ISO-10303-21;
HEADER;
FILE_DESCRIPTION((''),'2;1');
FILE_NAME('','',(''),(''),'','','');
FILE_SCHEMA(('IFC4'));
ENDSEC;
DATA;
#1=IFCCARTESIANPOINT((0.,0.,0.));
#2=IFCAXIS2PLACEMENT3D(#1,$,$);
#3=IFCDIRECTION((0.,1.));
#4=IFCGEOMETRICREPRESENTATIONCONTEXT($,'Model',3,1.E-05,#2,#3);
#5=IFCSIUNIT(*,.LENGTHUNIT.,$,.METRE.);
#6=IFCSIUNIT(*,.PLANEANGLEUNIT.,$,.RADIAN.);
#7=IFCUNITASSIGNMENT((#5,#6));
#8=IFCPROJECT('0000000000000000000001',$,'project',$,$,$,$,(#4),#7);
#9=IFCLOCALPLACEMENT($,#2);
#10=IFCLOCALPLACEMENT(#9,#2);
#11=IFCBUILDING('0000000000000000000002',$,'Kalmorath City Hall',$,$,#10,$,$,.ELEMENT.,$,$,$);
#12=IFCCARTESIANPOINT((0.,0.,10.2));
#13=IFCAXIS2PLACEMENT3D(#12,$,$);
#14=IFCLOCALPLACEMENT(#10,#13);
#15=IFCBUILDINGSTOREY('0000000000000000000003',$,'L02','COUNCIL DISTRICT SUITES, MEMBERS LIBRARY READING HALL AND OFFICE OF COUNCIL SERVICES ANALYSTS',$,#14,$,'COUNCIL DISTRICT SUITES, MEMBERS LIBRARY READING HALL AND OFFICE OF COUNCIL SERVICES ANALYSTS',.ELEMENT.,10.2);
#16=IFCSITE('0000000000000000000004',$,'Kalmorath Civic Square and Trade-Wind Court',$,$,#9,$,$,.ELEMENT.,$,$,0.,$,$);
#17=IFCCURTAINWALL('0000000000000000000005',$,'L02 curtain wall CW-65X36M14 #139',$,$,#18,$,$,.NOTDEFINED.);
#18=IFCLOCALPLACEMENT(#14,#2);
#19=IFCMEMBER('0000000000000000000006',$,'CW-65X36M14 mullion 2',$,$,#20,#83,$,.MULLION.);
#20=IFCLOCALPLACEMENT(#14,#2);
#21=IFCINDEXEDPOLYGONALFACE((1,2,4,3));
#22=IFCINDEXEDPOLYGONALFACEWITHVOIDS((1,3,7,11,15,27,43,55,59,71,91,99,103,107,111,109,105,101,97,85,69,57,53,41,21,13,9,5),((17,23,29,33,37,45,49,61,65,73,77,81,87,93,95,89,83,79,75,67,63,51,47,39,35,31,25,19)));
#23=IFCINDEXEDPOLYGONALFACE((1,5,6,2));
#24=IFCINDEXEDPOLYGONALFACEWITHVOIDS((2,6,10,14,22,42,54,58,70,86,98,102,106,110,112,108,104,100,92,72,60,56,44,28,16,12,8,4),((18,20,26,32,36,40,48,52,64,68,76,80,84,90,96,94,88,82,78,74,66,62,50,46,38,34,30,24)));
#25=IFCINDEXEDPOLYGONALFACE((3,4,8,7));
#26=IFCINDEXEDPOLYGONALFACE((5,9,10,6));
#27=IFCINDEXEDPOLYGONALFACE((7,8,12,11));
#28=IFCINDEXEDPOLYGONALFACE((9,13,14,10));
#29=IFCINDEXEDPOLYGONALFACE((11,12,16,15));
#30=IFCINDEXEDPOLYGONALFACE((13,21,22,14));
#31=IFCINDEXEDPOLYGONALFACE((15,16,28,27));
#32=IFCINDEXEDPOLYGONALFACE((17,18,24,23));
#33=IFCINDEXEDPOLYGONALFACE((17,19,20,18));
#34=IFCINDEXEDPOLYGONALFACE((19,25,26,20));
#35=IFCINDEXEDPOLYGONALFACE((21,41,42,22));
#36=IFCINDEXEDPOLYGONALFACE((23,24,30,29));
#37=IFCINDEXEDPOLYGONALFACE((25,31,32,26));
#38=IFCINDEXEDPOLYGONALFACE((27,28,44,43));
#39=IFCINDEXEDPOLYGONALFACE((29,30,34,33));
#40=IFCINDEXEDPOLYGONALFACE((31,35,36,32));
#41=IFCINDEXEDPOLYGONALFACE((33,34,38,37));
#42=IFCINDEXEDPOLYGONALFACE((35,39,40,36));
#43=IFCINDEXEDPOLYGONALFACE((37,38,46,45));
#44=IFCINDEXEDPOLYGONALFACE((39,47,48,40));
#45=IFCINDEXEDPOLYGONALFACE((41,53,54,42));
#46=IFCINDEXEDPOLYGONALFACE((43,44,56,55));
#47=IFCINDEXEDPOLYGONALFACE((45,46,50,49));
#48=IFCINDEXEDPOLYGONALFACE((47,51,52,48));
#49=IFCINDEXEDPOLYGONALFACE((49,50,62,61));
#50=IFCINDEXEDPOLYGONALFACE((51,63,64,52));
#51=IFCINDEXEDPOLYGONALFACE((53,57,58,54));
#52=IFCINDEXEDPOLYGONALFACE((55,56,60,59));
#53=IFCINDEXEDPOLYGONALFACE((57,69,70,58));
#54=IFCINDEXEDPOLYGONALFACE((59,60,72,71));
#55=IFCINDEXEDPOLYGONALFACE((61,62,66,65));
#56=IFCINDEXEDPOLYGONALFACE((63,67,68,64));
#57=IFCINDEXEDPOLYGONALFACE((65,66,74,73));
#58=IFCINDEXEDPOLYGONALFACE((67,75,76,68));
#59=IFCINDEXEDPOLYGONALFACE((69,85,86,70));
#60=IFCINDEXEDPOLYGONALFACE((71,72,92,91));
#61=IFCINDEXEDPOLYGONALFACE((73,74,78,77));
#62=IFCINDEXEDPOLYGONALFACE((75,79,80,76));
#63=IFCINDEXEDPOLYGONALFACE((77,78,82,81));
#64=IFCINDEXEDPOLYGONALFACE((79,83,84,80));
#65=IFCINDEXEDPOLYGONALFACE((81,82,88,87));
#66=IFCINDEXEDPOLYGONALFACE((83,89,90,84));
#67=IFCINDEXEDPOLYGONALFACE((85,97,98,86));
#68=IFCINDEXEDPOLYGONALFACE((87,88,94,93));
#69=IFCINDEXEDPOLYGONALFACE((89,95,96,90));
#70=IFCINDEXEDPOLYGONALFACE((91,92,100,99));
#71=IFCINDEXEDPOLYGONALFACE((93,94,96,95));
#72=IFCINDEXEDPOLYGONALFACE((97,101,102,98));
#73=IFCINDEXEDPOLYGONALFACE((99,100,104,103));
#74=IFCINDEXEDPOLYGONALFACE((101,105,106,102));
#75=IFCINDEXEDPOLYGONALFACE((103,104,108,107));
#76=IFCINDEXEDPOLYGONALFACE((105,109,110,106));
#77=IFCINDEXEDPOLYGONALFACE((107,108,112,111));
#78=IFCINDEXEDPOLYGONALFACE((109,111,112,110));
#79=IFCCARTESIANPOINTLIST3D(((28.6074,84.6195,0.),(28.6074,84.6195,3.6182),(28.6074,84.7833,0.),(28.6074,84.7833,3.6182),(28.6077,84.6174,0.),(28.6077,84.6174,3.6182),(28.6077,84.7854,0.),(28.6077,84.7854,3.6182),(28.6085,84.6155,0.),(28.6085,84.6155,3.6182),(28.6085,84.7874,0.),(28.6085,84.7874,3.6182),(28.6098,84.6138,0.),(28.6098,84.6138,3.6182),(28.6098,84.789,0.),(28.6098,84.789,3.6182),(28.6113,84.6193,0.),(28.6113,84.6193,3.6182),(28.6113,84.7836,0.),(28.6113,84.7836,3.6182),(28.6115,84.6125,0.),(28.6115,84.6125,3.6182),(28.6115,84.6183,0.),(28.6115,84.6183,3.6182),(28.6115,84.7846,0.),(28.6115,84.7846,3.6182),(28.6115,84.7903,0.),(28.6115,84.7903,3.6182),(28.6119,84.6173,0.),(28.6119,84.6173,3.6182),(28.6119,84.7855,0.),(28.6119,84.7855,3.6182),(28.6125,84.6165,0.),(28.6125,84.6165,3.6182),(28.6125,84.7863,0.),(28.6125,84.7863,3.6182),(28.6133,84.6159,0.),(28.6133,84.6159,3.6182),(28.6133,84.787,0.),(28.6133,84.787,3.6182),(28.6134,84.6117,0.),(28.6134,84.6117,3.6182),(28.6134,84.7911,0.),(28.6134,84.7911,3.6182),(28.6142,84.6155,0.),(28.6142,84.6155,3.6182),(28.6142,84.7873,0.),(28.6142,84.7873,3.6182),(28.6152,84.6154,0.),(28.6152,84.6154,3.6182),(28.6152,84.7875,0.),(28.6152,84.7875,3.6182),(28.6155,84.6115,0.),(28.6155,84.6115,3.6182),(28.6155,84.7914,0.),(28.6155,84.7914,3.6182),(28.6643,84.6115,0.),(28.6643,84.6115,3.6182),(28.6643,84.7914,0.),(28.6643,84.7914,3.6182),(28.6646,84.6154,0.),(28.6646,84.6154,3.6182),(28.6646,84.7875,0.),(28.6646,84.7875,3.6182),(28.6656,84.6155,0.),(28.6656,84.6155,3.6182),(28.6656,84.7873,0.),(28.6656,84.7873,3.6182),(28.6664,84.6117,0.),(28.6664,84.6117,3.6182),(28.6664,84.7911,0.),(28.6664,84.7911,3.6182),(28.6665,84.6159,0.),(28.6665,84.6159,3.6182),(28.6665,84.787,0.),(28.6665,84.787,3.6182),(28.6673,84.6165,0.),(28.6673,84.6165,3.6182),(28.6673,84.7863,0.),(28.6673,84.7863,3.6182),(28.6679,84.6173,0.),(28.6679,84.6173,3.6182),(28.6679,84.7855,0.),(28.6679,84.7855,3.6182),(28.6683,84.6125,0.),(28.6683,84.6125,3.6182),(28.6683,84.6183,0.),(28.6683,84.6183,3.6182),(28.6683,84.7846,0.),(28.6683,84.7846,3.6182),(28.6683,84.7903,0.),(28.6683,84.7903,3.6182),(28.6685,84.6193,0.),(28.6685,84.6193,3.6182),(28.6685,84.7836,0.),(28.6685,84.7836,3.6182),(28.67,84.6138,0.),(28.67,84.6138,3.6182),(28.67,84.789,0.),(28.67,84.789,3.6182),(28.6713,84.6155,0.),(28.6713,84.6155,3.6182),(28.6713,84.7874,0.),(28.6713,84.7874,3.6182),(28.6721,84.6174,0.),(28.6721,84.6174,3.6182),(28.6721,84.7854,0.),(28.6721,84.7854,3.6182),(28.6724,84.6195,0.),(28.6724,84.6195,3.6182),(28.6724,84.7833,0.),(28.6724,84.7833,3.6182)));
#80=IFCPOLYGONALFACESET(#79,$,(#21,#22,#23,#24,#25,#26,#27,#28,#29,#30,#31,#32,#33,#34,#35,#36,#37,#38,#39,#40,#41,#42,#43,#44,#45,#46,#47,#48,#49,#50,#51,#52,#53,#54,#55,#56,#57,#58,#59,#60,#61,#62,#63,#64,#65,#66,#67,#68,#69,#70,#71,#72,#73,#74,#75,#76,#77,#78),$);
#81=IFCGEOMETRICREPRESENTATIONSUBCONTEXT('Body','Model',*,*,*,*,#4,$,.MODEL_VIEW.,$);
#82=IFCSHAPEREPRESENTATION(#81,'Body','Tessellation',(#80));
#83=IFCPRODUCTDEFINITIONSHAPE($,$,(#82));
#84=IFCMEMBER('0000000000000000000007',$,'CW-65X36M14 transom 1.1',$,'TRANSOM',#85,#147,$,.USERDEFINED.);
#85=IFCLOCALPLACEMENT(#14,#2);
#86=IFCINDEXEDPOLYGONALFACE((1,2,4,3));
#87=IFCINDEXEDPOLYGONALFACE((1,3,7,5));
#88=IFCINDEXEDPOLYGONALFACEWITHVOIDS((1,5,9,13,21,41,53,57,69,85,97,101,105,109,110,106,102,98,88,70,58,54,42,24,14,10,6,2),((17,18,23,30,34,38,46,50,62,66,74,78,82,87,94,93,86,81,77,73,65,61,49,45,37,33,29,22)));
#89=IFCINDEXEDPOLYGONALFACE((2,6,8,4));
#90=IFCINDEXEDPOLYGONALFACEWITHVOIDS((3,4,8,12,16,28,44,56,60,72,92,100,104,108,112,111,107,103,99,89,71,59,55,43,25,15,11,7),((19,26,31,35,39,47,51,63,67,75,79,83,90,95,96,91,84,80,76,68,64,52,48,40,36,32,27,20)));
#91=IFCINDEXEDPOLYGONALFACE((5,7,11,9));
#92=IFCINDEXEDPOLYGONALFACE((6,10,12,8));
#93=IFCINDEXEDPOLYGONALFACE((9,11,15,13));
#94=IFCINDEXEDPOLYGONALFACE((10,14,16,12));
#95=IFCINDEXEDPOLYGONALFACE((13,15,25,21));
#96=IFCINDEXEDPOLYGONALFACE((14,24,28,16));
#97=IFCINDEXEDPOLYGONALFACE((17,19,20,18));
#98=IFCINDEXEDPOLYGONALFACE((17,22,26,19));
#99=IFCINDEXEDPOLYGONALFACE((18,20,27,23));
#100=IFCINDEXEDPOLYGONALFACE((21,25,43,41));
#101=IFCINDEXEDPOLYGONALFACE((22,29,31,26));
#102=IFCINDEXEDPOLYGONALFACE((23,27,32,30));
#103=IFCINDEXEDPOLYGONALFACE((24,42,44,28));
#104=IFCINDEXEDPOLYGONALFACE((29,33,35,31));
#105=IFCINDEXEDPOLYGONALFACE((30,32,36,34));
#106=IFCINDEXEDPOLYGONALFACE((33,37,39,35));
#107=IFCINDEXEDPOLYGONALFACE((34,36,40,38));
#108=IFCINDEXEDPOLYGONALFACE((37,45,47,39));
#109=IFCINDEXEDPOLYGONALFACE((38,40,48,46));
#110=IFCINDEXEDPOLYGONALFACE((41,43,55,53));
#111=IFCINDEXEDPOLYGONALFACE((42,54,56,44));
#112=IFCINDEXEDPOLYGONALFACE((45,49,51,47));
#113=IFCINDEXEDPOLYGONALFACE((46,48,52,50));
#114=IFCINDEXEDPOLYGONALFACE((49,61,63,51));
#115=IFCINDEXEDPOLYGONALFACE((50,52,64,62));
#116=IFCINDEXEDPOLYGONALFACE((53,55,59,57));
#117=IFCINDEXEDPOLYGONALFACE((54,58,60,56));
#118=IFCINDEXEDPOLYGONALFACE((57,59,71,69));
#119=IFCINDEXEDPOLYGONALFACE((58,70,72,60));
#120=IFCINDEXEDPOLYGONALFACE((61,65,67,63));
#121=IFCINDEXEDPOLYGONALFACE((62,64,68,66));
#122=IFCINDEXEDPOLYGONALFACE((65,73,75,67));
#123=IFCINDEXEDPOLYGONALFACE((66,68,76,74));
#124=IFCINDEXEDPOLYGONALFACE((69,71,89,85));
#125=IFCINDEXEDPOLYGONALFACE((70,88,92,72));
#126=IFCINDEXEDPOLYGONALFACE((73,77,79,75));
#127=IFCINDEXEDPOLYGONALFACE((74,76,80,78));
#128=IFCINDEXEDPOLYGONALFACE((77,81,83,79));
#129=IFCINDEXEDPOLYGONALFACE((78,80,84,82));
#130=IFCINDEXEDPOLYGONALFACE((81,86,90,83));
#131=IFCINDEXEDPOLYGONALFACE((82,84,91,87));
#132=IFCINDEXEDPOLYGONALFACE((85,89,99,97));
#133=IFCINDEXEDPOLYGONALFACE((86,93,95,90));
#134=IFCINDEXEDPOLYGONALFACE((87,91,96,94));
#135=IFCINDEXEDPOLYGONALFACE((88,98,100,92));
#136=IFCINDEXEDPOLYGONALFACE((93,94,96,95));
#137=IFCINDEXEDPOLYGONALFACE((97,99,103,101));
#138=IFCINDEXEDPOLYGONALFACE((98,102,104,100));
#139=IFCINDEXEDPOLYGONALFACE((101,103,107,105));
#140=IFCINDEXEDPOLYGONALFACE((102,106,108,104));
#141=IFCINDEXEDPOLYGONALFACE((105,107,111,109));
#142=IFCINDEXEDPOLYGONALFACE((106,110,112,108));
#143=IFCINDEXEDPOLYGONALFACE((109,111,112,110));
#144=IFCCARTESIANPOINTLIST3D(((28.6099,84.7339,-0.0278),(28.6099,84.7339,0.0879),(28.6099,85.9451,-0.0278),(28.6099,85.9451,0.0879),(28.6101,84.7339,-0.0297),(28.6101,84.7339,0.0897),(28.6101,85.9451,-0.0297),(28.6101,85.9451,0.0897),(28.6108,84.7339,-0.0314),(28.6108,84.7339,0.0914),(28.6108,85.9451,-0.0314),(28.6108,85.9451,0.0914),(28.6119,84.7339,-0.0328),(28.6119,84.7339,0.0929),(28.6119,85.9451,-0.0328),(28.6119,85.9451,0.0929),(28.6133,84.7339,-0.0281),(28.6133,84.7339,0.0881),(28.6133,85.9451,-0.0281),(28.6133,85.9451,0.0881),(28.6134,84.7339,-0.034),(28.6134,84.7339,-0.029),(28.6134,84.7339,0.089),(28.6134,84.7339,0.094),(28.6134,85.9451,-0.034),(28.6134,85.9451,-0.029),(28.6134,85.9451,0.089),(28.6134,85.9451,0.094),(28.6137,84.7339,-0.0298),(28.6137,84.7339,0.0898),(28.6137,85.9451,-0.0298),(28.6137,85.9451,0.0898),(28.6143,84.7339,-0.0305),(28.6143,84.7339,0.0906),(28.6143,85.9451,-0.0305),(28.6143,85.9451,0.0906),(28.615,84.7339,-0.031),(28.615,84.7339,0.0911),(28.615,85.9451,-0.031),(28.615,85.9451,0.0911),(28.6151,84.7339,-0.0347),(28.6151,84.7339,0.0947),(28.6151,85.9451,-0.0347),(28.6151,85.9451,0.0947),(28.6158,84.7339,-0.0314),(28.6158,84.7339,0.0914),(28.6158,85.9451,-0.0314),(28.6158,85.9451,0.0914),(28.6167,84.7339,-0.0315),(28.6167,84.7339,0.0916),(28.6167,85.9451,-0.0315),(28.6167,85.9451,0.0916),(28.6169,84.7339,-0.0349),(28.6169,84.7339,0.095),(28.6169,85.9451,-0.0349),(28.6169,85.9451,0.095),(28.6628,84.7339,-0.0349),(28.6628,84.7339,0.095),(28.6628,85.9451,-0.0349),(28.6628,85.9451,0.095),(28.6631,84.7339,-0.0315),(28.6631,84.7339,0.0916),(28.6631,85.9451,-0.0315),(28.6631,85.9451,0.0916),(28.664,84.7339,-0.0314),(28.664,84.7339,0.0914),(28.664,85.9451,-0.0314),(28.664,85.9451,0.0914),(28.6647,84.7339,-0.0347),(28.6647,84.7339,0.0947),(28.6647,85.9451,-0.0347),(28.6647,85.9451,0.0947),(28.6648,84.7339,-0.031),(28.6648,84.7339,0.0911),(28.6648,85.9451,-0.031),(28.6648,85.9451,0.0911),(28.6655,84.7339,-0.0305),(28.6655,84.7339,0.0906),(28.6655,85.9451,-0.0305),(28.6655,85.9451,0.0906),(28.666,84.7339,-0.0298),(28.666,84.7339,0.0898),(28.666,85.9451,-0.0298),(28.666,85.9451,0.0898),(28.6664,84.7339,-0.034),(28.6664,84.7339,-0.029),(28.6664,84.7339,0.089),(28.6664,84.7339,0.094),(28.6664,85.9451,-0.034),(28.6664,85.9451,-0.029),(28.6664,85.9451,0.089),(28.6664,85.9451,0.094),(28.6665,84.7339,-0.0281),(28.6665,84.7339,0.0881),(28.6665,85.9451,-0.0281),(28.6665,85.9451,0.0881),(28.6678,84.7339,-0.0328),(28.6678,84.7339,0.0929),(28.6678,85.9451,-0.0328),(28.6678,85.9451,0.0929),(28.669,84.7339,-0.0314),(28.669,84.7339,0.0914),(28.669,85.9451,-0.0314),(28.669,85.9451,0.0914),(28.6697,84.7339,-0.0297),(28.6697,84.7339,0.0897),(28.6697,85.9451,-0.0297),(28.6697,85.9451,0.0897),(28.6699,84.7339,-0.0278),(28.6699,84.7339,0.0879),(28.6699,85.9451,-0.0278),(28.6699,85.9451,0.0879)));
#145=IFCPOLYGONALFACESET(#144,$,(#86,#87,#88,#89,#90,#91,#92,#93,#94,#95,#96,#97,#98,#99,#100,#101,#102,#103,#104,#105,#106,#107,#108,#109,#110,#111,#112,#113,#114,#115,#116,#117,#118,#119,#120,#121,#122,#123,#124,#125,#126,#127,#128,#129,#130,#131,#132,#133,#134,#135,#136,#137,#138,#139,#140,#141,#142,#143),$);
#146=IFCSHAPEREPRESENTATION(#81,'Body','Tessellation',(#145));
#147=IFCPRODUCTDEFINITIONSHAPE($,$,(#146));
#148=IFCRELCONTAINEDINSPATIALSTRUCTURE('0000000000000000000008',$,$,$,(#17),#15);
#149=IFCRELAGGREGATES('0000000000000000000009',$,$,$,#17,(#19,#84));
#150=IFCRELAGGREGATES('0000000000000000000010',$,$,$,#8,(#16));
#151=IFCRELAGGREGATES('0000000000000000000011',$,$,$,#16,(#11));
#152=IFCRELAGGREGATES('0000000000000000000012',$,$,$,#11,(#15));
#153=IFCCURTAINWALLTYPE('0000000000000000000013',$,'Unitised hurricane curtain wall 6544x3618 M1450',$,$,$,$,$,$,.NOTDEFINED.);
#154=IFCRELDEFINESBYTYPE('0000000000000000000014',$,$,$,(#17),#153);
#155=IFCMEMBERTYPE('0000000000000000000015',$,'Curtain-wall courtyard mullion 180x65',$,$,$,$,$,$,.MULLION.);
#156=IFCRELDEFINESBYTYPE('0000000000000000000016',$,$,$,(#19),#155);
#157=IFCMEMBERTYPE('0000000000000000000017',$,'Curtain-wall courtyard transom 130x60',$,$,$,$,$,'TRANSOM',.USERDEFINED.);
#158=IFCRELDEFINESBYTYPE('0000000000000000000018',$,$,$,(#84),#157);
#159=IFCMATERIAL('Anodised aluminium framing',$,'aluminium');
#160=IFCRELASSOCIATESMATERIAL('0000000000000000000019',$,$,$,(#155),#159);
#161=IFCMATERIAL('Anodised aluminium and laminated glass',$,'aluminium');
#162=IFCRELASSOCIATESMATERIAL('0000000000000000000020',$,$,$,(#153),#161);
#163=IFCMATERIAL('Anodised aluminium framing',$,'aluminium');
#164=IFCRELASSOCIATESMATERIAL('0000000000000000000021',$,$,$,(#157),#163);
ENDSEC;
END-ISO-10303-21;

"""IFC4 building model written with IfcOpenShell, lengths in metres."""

from ifc_helpers import new_model, si_unit, direction, frame, origin, origin_2d, place, context, subcontext, project, spatial, hollow_rectangle, extrude, material, material_profile, profile_set, type_object, element, aggregate, save


model = new_model("IFC4")

# Units and contexts
model_context = context("Model", 3, precision=1e-05, world=origin(), true_north=direction((0.0, 1.0)))
body_context = subcontext(model_context, "Body", "Model", "MODEL_VIEW")
ifc_project = project(units=[si_unit("LENGTHUNIT", "METRE"), si_unit("PLANEANGLEUNIT", "RADIAN")], contexts=[model_context])

# Site, building, storey
site_placement = place(None, origin())
site = spatial("IfcSite", under=ifc_project, at=site_placement, Name="Kalmorath Civic Square and Trade-Wind Court", CompositionType="ELEMENT", RefElevation=0.0)
building_placement = place(site_placement, origin())
building = spatial("IfcBuilding", under=site, at=building_placement, Name="Kalmorath City Hall", CompositionType="ELEMENT")
storey_placement = place(building_placement, frame((0.0, 0.0, 10.2)))
storey = spatial("IfcBuildingStorey", under=building, at=storey_placement, Name="L02", Description="COUNCIL DISTRICT SUITES, MEMBERS LIBRARY READING HALL AND OFFICE OF COUNCIL SERVICES ANALYSTS", LongName="COUNCIL DISTRICT SUITES, MEMBERS LIBRARY READING HALL AND OFFICE OF COUNCIL SERVICES ANALYSTS", CompositionType="ELEMENT", Elevation=10.2)

# Shared definitions
ifc_material_1 = material(Name="Anodised aluminium framing", Category="aluminium")
ifc_material_profile_1 = material_profile(ifc_material_1, hollow_rectangle(XDim=0.0649, YDim=0.1799, WallThickness=0.0039, InnerFilletRadius=0.0039, OuterFilletRadius=0.0081, at=origin_2d()), Name="ALU-MUL-180X65X4")
ifc_profile_set_1 = profile_set([ifc_material_profile_1], Name="Anodised aluminium framing")
member_type_1 = type_object("IfcMemberType", Name="Curtain-wall courtyard mullion 180x65", PredefinedType="MULLION", material=ifc_profile_set_1)

# Curtain wall, members
ifc_material_2 = material(Name="Anodised aluminium and laminated glass", Category="aluminium")
curtain_wall_type_1 = type_object("IfcCurtainWallType", Name="Unitised hurricane curtain wall 6544x3618 M1450", PredefinedType="NOTDEFINED", material=ifc_material_2)
curtain_wall_1_placement = place(storey_placement, origin())
curtain_wall_1 = element("IfcCurtainWall", 1, at=curtain_wall_1_placement, inside=storey, type_object=curtain_wall_type_1, Name="L02 curtain wall CW-65X36M14 #139", PredefinedType="NOTDEFINED")
member_1_placement = place(storey_placement, frame((28.6399, 84.7014, 0.0), z_axis=(0.0, 0.0, 1.0), x_axis=(1.0, 0.0, 0.0)))
member_1 = element("IfcMember", 2, at=member_1_placement, type_object=member_type_1, Name="CW-65X36M14 mullion 2", PredefinedType="MULLION", context=body_context, shape_type="SweptSolid", body=[
    extrude(hollow_rectangle(XDim=0.0649, YDim=0.1799, WallThickness=0.0039, InnerFilletRadius=0.0039, OuterFilletRadius=0.0081, at=origin_2d()), origin(), (0.0, 0.0, 1.0), 3.6182),
])
ifc_material_3 = material(Name="Anodised aluminium framing", Category="aluminium")
ifc_material_profile_2 = material_profile(ifc_material_3, hollow_rectangle(XDim=0.0601, YDim=0.1299, WallThickness=0.0034, InnerFilletRadius=0.0034, OuterFilletRadius=0.0071, at=origin_2d()), Name="ALU-TRN-130X60X3.5")
ifc_profile_set_2 = profile_set([ifc_material_profile_2], Name="Anodised aluminium framing")
member_type_2 = type_object("IfcMemberType", Name="Curtain-wall courtyard transom 130x60", ElementType="TRANSOM", PredefinedType="USERDEFINED", material=ifc_profile_set_2)
member_2_placement = place(storey_placement, frame((28.6399, 85.9451, 0.03), z_axis=(0.0, -1.0, 0.0), x_axis=(1.0, 0.0, 0.0)))
member_2 = element("IfcMember", 3, at=member_2_placement, type_object=member_type_2, Name="CW-65X36M14 transom 1.1", ObjectType="TRANSOM", PredefinedType="USERDEFINED", context=body_context, shape_type="SweptSolid", body=[
    extrude(hollow_rectangle(XDim=0.0601, YDim=0.1299, WallThickness=0.0034, InnerFilletRadius=0.0034, OuterFilletRadius=0.0071, at=origin_2d()), origin(), (0.0, 0.0, 1.0), 1.2112),
])

aggregate(curtain_wall_1, [member_1, member_2])

save(model, "model.ifc")
